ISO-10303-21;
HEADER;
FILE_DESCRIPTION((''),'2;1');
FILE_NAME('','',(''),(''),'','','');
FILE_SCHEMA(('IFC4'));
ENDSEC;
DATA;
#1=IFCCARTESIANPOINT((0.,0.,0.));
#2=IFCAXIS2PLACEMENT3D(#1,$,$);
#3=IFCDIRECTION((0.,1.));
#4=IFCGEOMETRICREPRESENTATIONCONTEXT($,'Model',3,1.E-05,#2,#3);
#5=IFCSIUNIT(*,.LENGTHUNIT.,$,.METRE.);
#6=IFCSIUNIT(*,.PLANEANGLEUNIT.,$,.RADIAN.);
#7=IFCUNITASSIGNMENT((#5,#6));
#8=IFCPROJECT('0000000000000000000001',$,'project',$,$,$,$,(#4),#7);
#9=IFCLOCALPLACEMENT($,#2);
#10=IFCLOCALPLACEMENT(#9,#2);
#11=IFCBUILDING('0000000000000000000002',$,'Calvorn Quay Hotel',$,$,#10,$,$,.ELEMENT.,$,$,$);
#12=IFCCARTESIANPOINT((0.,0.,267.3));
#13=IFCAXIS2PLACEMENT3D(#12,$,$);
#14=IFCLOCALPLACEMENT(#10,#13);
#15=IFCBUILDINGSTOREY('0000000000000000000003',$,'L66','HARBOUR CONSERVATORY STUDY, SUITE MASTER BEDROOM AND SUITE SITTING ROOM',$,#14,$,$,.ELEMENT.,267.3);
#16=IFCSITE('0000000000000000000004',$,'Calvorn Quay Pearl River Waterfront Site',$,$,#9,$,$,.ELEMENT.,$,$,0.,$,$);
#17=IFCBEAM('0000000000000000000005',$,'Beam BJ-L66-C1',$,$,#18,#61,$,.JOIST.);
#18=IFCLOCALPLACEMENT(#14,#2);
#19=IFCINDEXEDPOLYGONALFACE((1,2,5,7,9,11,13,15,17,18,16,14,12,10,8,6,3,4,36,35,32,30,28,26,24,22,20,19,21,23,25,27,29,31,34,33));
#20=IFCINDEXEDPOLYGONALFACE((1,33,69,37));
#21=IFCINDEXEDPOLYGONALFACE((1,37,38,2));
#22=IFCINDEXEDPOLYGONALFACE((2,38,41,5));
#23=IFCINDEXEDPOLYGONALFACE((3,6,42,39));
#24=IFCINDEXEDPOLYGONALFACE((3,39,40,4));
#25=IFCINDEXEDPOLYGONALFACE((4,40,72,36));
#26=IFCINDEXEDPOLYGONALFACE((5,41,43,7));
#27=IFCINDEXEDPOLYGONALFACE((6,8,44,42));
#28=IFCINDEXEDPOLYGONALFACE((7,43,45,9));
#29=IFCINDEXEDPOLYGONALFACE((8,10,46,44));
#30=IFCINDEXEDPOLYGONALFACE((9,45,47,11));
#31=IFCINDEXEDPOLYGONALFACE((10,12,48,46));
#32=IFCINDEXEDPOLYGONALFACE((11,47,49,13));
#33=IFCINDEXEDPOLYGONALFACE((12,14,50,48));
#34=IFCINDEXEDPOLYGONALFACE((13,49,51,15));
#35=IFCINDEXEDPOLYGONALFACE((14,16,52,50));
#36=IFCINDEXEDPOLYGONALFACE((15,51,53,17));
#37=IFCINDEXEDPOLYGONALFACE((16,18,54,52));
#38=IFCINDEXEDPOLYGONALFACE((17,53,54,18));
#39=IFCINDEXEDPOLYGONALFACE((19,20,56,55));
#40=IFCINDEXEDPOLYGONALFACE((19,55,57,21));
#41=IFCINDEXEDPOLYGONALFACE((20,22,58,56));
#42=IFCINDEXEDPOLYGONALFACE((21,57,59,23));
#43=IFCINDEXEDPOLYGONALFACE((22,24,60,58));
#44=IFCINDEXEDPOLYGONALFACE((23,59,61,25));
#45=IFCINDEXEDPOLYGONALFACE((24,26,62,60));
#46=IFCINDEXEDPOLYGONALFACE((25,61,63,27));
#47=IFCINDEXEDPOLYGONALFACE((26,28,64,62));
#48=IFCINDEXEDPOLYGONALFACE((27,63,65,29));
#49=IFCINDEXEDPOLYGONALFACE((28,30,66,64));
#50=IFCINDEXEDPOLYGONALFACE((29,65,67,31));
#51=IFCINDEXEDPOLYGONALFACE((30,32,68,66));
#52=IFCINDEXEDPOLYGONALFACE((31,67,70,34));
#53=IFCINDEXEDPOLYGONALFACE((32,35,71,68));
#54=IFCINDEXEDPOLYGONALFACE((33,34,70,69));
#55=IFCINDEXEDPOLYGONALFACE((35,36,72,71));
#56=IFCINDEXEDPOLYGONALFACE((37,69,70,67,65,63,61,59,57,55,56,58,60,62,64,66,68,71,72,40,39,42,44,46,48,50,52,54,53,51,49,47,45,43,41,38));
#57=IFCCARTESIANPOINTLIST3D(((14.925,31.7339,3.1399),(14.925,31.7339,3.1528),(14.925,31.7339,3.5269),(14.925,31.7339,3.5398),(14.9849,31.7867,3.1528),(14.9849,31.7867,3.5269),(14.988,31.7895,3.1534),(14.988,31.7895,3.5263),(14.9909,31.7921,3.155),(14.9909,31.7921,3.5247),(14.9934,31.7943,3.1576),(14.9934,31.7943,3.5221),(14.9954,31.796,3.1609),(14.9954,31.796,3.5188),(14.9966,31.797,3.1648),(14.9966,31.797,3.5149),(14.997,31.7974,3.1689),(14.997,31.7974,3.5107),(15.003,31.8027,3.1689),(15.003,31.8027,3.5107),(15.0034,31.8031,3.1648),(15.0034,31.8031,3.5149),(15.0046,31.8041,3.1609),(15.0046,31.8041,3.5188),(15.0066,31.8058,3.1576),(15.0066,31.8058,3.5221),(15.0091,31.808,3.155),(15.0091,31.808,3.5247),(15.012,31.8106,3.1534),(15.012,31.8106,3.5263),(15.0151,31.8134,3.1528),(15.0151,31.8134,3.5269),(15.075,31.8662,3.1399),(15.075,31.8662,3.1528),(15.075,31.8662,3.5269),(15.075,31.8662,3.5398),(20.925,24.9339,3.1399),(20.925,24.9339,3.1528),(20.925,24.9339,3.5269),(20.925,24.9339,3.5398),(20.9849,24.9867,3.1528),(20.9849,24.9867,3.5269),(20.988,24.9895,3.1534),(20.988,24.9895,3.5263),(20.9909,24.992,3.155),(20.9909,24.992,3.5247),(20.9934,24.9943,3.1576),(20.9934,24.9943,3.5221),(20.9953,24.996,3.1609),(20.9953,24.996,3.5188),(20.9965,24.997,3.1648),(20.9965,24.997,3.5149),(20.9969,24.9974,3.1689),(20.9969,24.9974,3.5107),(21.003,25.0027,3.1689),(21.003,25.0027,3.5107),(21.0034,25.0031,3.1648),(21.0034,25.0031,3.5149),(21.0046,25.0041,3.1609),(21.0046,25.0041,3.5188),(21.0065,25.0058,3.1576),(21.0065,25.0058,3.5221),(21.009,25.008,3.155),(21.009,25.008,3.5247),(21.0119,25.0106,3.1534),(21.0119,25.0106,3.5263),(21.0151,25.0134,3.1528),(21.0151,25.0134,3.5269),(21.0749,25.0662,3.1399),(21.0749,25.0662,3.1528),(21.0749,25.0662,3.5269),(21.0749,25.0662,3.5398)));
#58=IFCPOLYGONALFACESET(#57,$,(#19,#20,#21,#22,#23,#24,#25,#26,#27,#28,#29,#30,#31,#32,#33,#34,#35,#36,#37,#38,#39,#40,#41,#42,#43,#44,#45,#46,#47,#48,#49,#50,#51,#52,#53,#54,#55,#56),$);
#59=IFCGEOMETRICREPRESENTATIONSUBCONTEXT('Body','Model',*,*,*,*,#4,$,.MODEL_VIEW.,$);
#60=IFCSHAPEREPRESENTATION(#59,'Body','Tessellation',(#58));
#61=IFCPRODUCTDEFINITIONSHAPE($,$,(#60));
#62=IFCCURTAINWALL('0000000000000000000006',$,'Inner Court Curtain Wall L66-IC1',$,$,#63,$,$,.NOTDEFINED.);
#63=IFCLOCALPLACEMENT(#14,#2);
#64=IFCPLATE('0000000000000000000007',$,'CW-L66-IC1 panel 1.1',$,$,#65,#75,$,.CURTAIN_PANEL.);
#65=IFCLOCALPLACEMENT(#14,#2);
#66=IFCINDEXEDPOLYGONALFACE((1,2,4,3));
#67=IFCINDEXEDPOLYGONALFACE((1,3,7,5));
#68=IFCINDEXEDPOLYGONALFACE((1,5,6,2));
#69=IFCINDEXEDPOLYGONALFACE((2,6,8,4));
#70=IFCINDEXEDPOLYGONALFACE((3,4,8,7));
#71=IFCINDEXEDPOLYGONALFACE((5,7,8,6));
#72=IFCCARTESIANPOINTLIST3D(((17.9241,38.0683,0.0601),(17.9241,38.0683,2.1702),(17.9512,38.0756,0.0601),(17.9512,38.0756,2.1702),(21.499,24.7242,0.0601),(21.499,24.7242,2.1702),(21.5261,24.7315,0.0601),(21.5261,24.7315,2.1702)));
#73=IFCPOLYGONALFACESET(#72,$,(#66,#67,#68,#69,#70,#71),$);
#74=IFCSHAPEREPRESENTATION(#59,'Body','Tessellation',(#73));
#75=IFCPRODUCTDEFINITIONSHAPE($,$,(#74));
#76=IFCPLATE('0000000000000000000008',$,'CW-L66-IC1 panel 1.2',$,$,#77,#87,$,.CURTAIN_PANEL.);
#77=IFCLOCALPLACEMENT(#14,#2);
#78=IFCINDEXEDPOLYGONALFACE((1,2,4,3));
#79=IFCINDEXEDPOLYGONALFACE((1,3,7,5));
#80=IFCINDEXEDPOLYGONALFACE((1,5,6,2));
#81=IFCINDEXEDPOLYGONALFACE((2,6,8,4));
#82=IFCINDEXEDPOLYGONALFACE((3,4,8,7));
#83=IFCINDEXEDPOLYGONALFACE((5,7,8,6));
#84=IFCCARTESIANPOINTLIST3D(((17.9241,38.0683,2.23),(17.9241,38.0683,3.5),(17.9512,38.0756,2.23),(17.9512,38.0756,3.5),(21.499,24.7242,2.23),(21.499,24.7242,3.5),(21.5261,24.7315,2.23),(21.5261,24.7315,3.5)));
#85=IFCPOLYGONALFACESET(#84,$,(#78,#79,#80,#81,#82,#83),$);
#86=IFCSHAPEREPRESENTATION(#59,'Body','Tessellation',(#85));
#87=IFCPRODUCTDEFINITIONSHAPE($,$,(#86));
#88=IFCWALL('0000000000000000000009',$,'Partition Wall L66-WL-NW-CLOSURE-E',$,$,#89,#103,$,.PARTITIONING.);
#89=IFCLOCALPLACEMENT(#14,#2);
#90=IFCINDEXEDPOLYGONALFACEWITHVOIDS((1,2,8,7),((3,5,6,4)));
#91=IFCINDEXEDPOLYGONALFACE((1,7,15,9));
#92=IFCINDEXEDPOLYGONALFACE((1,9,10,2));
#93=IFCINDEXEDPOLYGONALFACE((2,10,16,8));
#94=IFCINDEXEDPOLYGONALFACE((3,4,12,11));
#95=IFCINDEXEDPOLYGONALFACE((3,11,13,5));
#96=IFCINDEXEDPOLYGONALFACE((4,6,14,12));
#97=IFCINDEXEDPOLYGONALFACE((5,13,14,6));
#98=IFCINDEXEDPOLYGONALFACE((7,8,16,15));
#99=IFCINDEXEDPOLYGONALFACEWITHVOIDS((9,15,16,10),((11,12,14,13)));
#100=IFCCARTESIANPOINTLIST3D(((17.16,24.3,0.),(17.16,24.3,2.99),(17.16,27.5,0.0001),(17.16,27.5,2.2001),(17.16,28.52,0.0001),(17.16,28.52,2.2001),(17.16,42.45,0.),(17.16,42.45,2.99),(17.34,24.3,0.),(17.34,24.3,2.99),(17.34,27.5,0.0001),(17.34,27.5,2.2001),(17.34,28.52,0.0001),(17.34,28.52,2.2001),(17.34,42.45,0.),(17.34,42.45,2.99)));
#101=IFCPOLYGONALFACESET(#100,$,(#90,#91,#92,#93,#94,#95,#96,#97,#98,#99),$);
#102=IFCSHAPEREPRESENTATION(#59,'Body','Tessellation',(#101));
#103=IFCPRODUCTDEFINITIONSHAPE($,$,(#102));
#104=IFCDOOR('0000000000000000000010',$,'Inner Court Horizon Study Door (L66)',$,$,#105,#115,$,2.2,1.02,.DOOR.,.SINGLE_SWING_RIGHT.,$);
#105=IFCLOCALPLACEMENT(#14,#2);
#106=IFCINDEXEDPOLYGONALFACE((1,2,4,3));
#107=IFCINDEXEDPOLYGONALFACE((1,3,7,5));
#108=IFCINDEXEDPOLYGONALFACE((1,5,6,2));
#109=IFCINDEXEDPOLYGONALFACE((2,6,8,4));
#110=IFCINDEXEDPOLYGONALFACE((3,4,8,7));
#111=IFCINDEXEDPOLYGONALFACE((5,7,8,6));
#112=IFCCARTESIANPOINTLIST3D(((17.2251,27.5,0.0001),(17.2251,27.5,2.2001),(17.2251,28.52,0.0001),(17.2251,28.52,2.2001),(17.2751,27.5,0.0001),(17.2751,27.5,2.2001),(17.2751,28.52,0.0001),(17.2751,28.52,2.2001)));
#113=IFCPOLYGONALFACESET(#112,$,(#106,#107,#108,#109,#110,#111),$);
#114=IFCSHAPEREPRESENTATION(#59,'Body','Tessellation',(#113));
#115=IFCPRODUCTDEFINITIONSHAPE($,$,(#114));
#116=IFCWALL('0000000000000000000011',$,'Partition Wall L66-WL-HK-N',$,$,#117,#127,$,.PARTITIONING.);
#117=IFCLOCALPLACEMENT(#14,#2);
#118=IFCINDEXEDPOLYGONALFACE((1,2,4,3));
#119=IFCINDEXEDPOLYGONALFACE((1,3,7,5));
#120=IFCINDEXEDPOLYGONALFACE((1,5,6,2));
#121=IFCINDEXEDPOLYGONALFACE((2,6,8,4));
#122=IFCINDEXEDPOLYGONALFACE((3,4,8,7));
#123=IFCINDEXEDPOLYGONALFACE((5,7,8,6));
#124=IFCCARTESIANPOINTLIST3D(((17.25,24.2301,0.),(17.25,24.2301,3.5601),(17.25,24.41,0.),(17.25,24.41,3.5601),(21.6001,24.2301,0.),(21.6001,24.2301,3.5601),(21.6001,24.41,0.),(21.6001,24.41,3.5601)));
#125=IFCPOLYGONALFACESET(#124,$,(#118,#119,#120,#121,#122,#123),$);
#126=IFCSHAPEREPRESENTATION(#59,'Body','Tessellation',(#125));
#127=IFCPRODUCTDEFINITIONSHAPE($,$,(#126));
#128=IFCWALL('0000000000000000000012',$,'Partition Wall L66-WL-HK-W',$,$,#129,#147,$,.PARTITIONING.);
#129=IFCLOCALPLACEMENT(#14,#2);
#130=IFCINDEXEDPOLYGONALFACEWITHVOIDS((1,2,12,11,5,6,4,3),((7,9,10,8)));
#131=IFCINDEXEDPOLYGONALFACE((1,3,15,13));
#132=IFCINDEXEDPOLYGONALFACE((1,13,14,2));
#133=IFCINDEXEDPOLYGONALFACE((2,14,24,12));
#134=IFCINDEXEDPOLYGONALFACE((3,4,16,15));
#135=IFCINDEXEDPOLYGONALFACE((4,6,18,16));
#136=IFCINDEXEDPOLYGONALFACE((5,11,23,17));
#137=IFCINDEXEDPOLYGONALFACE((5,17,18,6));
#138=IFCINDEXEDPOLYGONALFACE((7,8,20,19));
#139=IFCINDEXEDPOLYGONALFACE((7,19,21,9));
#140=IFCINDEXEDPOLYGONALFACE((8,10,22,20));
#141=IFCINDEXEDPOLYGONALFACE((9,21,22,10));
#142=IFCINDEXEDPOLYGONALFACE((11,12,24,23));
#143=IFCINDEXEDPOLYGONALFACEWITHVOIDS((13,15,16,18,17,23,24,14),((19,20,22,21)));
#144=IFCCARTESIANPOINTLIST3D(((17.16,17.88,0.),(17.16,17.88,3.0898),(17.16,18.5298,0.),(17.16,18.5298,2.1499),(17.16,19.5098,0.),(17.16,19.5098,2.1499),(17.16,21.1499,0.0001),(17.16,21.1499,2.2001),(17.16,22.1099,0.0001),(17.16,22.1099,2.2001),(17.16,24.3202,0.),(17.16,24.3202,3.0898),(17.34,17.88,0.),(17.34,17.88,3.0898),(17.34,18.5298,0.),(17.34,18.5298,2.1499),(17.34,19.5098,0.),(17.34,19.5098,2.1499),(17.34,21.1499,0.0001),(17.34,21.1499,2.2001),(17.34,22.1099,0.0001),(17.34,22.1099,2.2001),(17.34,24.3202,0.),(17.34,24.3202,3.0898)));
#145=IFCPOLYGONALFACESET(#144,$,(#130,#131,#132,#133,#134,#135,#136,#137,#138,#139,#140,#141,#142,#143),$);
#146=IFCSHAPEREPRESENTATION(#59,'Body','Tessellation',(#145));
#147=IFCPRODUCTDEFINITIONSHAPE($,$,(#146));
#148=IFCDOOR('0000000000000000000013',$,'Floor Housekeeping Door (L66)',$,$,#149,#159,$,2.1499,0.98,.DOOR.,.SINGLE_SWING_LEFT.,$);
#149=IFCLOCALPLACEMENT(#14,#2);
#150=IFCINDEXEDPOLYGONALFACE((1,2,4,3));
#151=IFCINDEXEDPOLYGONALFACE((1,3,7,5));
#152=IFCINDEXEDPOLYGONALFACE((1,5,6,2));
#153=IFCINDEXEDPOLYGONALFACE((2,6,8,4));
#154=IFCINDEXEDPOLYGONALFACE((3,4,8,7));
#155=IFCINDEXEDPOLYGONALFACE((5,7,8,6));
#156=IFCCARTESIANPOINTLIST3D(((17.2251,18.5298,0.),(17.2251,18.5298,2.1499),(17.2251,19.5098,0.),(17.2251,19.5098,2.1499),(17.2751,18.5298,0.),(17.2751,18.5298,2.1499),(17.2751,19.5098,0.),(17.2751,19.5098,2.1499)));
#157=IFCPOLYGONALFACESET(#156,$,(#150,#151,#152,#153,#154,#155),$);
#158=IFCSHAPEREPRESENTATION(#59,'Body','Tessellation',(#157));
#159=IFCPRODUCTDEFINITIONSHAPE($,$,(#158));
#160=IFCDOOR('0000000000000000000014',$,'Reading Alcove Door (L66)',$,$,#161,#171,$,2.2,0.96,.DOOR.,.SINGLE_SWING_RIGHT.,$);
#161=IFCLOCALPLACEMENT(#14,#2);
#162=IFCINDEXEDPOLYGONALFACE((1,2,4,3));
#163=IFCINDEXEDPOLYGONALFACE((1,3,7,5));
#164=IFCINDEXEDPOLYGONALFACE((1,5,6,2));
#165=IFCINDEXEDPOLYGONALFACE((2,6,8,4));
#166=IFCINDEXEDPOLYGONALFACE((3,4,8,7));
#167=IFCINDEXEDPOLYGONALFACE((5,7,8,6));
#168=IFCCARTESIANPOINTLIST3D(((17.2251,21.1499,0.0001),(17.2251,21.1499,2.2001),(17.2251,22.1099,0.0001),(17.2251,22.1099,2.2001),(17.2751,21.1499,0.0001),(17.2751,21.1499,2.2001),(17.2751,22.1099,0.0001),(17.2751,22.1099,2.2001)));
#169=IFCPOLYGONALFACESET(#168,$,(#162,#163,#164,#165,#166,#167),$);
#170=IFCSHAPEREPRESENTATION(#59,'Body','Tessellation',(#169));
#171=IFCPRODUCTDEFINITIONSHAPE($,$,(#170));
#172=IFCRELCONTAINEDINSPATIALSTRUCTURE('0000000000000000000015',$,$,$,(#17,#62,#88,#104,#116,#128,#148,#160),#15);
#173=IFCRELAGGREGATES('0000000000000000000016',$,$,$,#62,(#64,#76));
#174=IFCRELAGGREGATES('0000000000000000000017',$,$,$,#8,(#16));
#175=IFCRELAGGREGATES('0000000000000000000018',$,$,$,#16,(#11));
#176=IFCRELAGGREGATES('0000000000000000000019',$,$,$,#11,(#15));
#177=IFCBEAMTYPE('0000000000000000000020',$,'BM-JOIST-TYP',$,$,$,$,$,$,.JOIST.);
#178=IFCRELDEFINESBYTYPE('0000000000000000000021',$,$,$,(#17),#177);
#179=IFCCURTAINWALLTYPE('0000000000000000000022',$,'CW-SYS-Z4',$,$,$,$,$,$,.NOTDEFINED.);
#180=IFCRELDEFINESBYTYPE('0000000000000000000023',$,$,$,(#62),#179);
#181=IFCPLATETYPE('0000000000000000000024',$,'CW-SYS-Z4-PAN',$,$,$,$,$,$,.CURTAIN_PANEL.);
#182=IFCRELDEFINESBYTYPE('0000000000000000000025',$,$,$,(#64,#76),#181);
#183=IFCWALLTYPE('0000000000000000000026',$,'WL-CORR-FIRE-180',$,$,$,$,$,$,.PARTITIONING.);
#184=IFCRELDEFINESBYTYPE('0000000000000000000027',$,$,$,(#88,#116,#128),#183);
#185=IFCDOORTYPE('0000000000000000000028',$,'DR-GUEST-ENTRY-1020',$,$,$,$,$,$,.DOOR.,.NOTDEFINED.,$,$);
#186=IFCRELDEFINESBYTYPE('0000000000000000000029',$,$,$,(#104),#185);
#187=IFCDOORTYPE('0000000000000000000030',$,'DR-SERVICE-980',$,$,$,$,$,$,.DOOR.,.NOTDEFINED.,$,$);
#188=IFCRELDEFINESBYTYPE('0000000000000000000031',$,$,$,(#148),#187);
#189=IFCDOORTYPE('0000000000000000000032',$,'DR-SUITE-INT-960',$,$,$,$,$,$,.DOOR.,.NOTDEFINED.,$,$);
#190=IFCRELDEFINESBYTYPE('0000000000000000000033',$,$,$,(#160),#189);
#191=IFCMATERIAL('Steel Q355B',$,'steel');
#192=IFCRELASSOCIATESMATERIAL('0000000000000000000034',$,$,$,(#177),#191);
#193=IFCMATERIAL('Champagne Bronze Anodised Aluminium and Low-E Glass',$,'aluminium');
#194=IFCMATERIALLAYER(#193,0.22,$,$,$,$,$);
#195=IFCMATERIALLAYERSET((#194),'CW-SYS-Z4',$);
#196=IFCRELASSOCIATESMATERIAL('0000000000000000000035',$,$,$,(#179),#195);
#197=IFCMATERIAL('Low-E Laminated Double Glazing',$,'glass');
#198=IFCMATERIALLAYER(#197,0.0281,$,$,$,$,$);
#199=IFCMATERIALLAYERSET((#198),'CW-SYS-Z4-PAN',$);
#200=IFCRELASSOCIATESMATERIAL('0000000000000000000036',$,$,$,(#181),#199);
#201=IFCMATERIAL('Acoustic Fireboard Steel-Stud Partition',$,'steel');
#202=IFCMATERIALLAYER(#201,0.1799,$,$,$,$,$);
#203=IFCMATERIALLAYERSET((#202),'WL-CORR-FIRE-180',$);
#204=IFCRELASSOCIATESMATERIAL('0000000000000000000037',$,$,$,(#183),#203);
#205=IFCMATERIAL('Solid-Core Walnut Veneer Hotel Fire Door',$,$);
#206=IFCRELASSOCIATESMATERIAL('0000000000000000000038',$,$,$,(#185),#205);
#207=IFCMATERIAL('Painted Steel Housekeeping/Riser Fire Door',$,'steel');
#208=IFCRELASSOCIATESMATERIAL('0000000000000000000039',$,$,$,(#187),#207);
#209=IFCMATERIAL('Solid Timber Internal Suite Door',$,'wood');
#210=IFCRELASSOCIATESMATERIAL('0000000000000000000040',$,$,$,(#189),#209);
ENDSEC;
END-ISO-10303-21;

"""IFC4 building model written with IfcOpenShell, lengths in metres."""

from ifc_helpers import new_model, si_unit, direction, frame, frame_2d, origin, origin_2d, place, context, subcontext, project, spatial, rectangle, i_section, extrude, material, layer, layer_set, material_profile, profile_set, type_object, element, fill, aggregate, save


model = new_model("IFC4")

# Units and contexts
model_context = context("Model", 3, precision=1e-05, world=origin(), true_north=direction((0.0, 1.0)))
body_context = subcontext(model_context, "Body", "Model", "MODEL_VIEW")
ifc_project = project(units=[si_unit("LENGTHUNIT", "METRE"), si_unit("PLANEANGLEUNIT", "RADIAN")], contexts=[model_context])

# Site, building, storey
site_placement = place(None, origin())
site = spatial("IfcSite", under=ifc_project, at=site_placement, Name="Calvorn Quay Pearl River Waterfront Site", CompositionType="ELEMENT", RefElevation=0.0)
building_placement = place(site_placement, origin())
building = spatial("IfcBuilding", under=site, at=building_placement, Name="Calvorn Quay Hotel", CompositionType="ELEMENT")
storey_placement = place(building_placement, frame((0.0, 0.0, 267.3)))
storey = spatial("IfcBuildingStorey", under=building, at=storey_placement, Name="L66", Description="HARBOUR CONSERVATORY STUDY, SUITE MASTER BEDROOM AND SUITE SITTING ROOM", CompositionType="ELEMENT", Elevation=267.3)

# Beam
ifc_material_1 = material(Name="Steel Q355B", Category="steel")
ifc_material_profile_1 = material_profile(ifc_material_1, i_section(OverallWidth=0.2, OverallDepth=0.3999, WebThickness=0.0081, FlangeThickness=0.0129, FilletRadius=0.0161, at=origin_2d()), Name="HN400x200x8x13")
ifc_profile_set_1 = profile_set([ifc_material_profile_1], Name="Steel Q355B")
beam_type_1 = type_object("IfcBeamType", Name="BM-JOIST-TYP", PredefinedType="JOIST", material=ifc_profile_set_1)
beam_1_placement = place(storey_placement, frame((15.0, 31.8, 3.3398), z_axis=(0.661619, -0.74984, 0.0), x_axis=(0.74984, 0.661619, 0.0)))
element("IfcBeam", 1, at=beam_1_placement, inside=storey, type_object=beam_type_1, Name="Beam BJ-L66-C1", PredefinedType="JOIST", context=body_context, shape_type="SweptSolid", body=[
    extrude(i_section(OverallWidth=0.2, OverallDepth=0.3999, WebThickness=0.0081, FlangeThickness=0.0129, FilletRadius=0.0161, at=origin_2d()), origin(), (0.0, 0.0, 1.0), 9.0686),
])

# Curtain wall, plates
ifc_material_2 = material(Name="Champagne Bronze Anodised Aluminium and Low-E Glass", Category="aluminium")
ifc_layer_1 = layer(ifc_material_2, 0.22)
ifc_layer_set_1 = layer_set([ifc_layer_1], Name="CW-SYS-Z4")
curtain_wall_type = type_object("IfcCurtainWallType", Name="CW-SYS-Z4", PredefinedType="NOTDEFINED", material=ifc_layer_set_1)
curtain_wall_placement = place(storey_placement, origin())
curtain_wall = element("IfcCurtainWall", 2, at=curtain_wall_placement, inside=storey, type_object=curtain_wall_type, Name="Inner Court Curtain Wall L66-IC1", PredefinedType="NOTDEFINED")
ifc_material_3 = material(Name="Low-E Laminated Double Glazing", Category="glass")
ifc_layer_2 = layer(ifc_material_3, 0.0281)
ifc_layer_set_2 = layer_set([ifc_layer_2], Name="CW-SYS-Z4-PAN")
plate_type = type_object("IfcPlateType", Name="CW-SYS-Z4-PAN", PredefinedType="CURTAIN_PANEL", material=ifc_layer_set_2)
plate_1_placement = place(storey_placement, frame((19.7251, 31.3999, 0.0601), z_axis=(0.0, 0.0, 1.0), x_axis=(-0.258779, 0.965937, 0.0)))
plate_1 = element("IfcPlate", 3, at=plate_1_placement, type_object=plate_type, Name="CW-L66-IC1 panel 1.1", PredefinedType="CURTAIN_PANEL", context=body_context, shape_type="SweptSolid", body=[
    extrude(rectangle(XDim=13.8147, YDim=0.0281, at=origin_2d()), origin(), (0.0, 0.0, 1.0), 2.1101),
])
plate_2_placement = place(storey_placement, frame((19.7251, 31.3999, 2.23), z_axis=(0.0, 0.0, 1.0), x_axis=(-0.258779, 0.965937, 0.0)))
plate_2 = element("IfcPlate", 4, at=plate_2_placement, type_object=plate_type, Name="CW-L66-IC1 panel 1.2", PredefinedType="CURTAIN_PANEL", context=body_context, shape_type="SweptSolid", body=[
    extrude(rectangle(XDim=13.8147, YDim=0.0281, at=origin_2d()), origin(), (0.0, 0.0, 1.0), 1.27),
])
aggregate(curtain_wall, [plate_1, plate_2])

# Wall, opening, door
ifc_material_4 = material(Name="Acoustic Fireboard Steel-Stud Partition", Category="steel")
ifc_layer_3 = layer(ifc_material_4, 0.1799)
ifc_layer_set_3 = layer_set([ifc_layer_3], Name="WL-CORR-FIRE-180")
wall_type_1 = type_object("IfcWallType", Name="WL-CORR-FIRE-180", PredefinedType="PARTITIONING", material=ifc_layer_set_3)
wall_1_placement = place(storey_placement, frame((17.25, 24.3, 0.0), z_axis=(0.0, 0.0, 1.0), x_axis=(0.0, 1.0, 0.0)))
wall_1 = element("IfcWall", 5, at=wall_1_placement, inside=storey, type_object=wall_type_1, Name="Partition Wall L66-WL-NW-CLOSURE-E", PredefinedType="PARTITIONING", context=body_context, shape_type="SweptSolid", body=[
    extrude(rectangle(XDim=18.1499, YDim=0.1799, at=frame_2d((9.075, 0.0))), origin(), (0.0, 0.0, 1.0), 2.99),
])
opening_1_placement = place(wall_1_placement, frame((3.2, 0.0, 0.0)))
opening_1 = element("IfcOpeningElement", 6, at=opening_1_placement, cuts=wall_1, PredefinedType="OPENING", context=body_context, shape_type="SweptSolid", body=[
    extrude(rectangle(XDim=1.02, YDim=2.2, at=frame_2d((0.51, 1.1001))), frame((0.0, 0.0999, 0.0), z_axis=(0.0, -1.0, 0.0), x_axis=(1.0, 0.0, 0.0)), (0.0, 0.0, 1.0), 0.2),
])
ifc_material_5 = material(Name="Solid-Core Walnut Veneer Hotel Fire Door")
door_type_1 = type_object("IfcDoorType", Name="DR-GUEST-ENTRY-1020", OperationType="NOTDEFINED", PredefinedType="DOOR", material=ifc_material_5)
door_1_placement = place(opening_1_placement, origin())
door_1 = element("IfcDoor", 7, at=door_1_placement, inside=storey, type_object=door_type_1, Name="Inner Court Horizon Study Door (L66)", OperationType="SINGLE_SWING_RIGHT", OverallHeight=2.2, OverallWidth=1.02, PredefinedType="DOOR", context=body_context, shape_type="SweptSolid", body=[
    extrude(rectangle(XDim=1.02, YDim=2.2, at=frame_2d((0.51, 1.1001))), frame((0.0, 0.0249, 0.0), z_axis=(0.0, -1.0, 0.0), x_axis=(1.0, 0.0, 0.0)), (0.0, 0.0, 1.0), 0.05),
])
fill(opening_1, door_1)

# Wall
wall_2_placement = place(storey_placement, frame((17.25, 24.3201, 0.0), z_axis=(0.0, 0.0, 1.0), x_axis=(1.0, 0.0, 0.0)))
element("IfcWall", 8, at=wall_2_placement, inside=storey, type_object=wall_type_1, Name="Partition Wall L66-WL-HK-N", PredefinedType="PARTITIONING", context=body_context, shape_type="SweptSolid", body=[
    extrude(rectangle(XDim=4.3501, YDim=0.1799, at=frame_2d((2.175, 0.0))), origin(), (0.0, 0.0, 1.0), 3.5601),
])

# Wall, openings, doors
wall_3_placement = place(storey_placement, frame((17.25, 17.8799, 0.0), z_axis=(0.0, 0.0, 1.0), x_axis=(0.0, 1.0, 0.0)))
wall_3 = element("IfcWall", 9, at=wall_3_placement, inside=storey, type_object=wall_type_1, Name="Partition Wall L66-WL-HK-W", PredefinedType="PARTITIONING", context=body_context, shape_type="SweptSolid", body=[
    extrude(rectangle(XDim=6.4402, YDim=0.1799, at=frame_2d((3.2202, 0.0))), origin(), (0.0, 0.0, 1.0), 3.0898),
])
opening_2_placement = place(wall_3_placement, frame((0.6499, 0.0, 0.0)))
opening_2 = element("IfcOpeningElement", 10, at=opening_2_placement, cuts=wall_3, PredefinedType="OPENING", context=body_context, shape_type="SweptSolid", body=[
    extrude(rectangle(XDim=0.98, YDim=2.1499, at=frame_2d((0.49, 1.075))), frame((0.0, 0.0999, 0.0), z_axis=(0.0, -1.0, 0.0), x_axis=(1.0, 0.0, 0.0)), (0.0, 0.0, 1.0), 0.2),
])
opening_3_placement = place(wall_3_placement, frame((3.27, 0.0, 0.0)))
opening_3 = element("IfcOpeningElement", 11, at=opening_3_placement, cuts=wall_3, PredefinedType="OPENING", context=body_context, shape_type="SweptSolid", body=[
    extrude(rectangle(XDim=0.96, YDim=2.2, at=frame_2d((0.48, 1.1001))), frame((0.0, 0.0999, 0.0), z_axis=(0.0, -1.0, 0.0), x_axis=(1.0, 0.0, 0.0)), (0.0, 0.0, 1.0), 0.2),
])
ifc_material_6 = material(Name="Painted Steel Housekeeping/Riser Fire Door", Category="steel")
door_type_2 = type_object("IfcDoorType", Name="DR-SERVICE-980", OperationType="NOTDEFINED", PredefinedType="DOOR", material=ifc_material_6)
door_2_placement = place(opening_2_placement, origin())
door_2 = element("IfcDoor", 12, at=door_2_placement, inside=storey, type_object=door_type_2, Name="Floor Housekeeping Door (L66)", OperationType="SINGLE_SWING_LEFT", OverallHeight=2.1499, OverallWidth=0.98, PredefinedType="DOOR", context=body_context, shape_type="SweptSolid", body=[
    extrude(rectangle(XDim=0.98, YDim=2.1499, at=frame_2d((0.49, 1.075))), frame((0.0, 0.0249, 0.0), z_axis=(0.0, -1.0, 0.0), x_axis=(1.0, 0.0, 0.0)), (0.0, 0.0, 1.0), 0.05),
])
fill(opening_2, door_2)
ifc_material_7 = material(Name="Solid Timber Internal Suite Door", Category="wood")
door_type_3 = type_object("IfcDoorType", Name="DR-SUITE-INT-960", OperationType="NOTDEFINED", PredefinedType="DOOR", material=ifc_material_7)
door_3_placement = place(opening_3_placement, origin())
door_3 = element("IfcDoor", 13, at=door_3_placement, inside=storey, type_object=door_type_3, Name="Reading Alcove Door (L66)", OperationType="SINGLE_SWING_RIGHT", OverallHeight=2.2, OverallWidth=0.96, PredefinedType="DOOR", context=body_context, shape_type="SweptSolid", body=[
    extrude(rectangle(XDim=0.96, YDim=2.2, at=frame_2d((0.48, 1.1001))), frame((0.0, 0.0249, 0.0), z_axis=(0.0, -1.0, 0.0), x_axis=(1.0, 0.0, 0.0)), (0.0, 0.0, 1.0), 0.05),
])
fill(opening_3, door_3)

save(model, "model.ifc")
